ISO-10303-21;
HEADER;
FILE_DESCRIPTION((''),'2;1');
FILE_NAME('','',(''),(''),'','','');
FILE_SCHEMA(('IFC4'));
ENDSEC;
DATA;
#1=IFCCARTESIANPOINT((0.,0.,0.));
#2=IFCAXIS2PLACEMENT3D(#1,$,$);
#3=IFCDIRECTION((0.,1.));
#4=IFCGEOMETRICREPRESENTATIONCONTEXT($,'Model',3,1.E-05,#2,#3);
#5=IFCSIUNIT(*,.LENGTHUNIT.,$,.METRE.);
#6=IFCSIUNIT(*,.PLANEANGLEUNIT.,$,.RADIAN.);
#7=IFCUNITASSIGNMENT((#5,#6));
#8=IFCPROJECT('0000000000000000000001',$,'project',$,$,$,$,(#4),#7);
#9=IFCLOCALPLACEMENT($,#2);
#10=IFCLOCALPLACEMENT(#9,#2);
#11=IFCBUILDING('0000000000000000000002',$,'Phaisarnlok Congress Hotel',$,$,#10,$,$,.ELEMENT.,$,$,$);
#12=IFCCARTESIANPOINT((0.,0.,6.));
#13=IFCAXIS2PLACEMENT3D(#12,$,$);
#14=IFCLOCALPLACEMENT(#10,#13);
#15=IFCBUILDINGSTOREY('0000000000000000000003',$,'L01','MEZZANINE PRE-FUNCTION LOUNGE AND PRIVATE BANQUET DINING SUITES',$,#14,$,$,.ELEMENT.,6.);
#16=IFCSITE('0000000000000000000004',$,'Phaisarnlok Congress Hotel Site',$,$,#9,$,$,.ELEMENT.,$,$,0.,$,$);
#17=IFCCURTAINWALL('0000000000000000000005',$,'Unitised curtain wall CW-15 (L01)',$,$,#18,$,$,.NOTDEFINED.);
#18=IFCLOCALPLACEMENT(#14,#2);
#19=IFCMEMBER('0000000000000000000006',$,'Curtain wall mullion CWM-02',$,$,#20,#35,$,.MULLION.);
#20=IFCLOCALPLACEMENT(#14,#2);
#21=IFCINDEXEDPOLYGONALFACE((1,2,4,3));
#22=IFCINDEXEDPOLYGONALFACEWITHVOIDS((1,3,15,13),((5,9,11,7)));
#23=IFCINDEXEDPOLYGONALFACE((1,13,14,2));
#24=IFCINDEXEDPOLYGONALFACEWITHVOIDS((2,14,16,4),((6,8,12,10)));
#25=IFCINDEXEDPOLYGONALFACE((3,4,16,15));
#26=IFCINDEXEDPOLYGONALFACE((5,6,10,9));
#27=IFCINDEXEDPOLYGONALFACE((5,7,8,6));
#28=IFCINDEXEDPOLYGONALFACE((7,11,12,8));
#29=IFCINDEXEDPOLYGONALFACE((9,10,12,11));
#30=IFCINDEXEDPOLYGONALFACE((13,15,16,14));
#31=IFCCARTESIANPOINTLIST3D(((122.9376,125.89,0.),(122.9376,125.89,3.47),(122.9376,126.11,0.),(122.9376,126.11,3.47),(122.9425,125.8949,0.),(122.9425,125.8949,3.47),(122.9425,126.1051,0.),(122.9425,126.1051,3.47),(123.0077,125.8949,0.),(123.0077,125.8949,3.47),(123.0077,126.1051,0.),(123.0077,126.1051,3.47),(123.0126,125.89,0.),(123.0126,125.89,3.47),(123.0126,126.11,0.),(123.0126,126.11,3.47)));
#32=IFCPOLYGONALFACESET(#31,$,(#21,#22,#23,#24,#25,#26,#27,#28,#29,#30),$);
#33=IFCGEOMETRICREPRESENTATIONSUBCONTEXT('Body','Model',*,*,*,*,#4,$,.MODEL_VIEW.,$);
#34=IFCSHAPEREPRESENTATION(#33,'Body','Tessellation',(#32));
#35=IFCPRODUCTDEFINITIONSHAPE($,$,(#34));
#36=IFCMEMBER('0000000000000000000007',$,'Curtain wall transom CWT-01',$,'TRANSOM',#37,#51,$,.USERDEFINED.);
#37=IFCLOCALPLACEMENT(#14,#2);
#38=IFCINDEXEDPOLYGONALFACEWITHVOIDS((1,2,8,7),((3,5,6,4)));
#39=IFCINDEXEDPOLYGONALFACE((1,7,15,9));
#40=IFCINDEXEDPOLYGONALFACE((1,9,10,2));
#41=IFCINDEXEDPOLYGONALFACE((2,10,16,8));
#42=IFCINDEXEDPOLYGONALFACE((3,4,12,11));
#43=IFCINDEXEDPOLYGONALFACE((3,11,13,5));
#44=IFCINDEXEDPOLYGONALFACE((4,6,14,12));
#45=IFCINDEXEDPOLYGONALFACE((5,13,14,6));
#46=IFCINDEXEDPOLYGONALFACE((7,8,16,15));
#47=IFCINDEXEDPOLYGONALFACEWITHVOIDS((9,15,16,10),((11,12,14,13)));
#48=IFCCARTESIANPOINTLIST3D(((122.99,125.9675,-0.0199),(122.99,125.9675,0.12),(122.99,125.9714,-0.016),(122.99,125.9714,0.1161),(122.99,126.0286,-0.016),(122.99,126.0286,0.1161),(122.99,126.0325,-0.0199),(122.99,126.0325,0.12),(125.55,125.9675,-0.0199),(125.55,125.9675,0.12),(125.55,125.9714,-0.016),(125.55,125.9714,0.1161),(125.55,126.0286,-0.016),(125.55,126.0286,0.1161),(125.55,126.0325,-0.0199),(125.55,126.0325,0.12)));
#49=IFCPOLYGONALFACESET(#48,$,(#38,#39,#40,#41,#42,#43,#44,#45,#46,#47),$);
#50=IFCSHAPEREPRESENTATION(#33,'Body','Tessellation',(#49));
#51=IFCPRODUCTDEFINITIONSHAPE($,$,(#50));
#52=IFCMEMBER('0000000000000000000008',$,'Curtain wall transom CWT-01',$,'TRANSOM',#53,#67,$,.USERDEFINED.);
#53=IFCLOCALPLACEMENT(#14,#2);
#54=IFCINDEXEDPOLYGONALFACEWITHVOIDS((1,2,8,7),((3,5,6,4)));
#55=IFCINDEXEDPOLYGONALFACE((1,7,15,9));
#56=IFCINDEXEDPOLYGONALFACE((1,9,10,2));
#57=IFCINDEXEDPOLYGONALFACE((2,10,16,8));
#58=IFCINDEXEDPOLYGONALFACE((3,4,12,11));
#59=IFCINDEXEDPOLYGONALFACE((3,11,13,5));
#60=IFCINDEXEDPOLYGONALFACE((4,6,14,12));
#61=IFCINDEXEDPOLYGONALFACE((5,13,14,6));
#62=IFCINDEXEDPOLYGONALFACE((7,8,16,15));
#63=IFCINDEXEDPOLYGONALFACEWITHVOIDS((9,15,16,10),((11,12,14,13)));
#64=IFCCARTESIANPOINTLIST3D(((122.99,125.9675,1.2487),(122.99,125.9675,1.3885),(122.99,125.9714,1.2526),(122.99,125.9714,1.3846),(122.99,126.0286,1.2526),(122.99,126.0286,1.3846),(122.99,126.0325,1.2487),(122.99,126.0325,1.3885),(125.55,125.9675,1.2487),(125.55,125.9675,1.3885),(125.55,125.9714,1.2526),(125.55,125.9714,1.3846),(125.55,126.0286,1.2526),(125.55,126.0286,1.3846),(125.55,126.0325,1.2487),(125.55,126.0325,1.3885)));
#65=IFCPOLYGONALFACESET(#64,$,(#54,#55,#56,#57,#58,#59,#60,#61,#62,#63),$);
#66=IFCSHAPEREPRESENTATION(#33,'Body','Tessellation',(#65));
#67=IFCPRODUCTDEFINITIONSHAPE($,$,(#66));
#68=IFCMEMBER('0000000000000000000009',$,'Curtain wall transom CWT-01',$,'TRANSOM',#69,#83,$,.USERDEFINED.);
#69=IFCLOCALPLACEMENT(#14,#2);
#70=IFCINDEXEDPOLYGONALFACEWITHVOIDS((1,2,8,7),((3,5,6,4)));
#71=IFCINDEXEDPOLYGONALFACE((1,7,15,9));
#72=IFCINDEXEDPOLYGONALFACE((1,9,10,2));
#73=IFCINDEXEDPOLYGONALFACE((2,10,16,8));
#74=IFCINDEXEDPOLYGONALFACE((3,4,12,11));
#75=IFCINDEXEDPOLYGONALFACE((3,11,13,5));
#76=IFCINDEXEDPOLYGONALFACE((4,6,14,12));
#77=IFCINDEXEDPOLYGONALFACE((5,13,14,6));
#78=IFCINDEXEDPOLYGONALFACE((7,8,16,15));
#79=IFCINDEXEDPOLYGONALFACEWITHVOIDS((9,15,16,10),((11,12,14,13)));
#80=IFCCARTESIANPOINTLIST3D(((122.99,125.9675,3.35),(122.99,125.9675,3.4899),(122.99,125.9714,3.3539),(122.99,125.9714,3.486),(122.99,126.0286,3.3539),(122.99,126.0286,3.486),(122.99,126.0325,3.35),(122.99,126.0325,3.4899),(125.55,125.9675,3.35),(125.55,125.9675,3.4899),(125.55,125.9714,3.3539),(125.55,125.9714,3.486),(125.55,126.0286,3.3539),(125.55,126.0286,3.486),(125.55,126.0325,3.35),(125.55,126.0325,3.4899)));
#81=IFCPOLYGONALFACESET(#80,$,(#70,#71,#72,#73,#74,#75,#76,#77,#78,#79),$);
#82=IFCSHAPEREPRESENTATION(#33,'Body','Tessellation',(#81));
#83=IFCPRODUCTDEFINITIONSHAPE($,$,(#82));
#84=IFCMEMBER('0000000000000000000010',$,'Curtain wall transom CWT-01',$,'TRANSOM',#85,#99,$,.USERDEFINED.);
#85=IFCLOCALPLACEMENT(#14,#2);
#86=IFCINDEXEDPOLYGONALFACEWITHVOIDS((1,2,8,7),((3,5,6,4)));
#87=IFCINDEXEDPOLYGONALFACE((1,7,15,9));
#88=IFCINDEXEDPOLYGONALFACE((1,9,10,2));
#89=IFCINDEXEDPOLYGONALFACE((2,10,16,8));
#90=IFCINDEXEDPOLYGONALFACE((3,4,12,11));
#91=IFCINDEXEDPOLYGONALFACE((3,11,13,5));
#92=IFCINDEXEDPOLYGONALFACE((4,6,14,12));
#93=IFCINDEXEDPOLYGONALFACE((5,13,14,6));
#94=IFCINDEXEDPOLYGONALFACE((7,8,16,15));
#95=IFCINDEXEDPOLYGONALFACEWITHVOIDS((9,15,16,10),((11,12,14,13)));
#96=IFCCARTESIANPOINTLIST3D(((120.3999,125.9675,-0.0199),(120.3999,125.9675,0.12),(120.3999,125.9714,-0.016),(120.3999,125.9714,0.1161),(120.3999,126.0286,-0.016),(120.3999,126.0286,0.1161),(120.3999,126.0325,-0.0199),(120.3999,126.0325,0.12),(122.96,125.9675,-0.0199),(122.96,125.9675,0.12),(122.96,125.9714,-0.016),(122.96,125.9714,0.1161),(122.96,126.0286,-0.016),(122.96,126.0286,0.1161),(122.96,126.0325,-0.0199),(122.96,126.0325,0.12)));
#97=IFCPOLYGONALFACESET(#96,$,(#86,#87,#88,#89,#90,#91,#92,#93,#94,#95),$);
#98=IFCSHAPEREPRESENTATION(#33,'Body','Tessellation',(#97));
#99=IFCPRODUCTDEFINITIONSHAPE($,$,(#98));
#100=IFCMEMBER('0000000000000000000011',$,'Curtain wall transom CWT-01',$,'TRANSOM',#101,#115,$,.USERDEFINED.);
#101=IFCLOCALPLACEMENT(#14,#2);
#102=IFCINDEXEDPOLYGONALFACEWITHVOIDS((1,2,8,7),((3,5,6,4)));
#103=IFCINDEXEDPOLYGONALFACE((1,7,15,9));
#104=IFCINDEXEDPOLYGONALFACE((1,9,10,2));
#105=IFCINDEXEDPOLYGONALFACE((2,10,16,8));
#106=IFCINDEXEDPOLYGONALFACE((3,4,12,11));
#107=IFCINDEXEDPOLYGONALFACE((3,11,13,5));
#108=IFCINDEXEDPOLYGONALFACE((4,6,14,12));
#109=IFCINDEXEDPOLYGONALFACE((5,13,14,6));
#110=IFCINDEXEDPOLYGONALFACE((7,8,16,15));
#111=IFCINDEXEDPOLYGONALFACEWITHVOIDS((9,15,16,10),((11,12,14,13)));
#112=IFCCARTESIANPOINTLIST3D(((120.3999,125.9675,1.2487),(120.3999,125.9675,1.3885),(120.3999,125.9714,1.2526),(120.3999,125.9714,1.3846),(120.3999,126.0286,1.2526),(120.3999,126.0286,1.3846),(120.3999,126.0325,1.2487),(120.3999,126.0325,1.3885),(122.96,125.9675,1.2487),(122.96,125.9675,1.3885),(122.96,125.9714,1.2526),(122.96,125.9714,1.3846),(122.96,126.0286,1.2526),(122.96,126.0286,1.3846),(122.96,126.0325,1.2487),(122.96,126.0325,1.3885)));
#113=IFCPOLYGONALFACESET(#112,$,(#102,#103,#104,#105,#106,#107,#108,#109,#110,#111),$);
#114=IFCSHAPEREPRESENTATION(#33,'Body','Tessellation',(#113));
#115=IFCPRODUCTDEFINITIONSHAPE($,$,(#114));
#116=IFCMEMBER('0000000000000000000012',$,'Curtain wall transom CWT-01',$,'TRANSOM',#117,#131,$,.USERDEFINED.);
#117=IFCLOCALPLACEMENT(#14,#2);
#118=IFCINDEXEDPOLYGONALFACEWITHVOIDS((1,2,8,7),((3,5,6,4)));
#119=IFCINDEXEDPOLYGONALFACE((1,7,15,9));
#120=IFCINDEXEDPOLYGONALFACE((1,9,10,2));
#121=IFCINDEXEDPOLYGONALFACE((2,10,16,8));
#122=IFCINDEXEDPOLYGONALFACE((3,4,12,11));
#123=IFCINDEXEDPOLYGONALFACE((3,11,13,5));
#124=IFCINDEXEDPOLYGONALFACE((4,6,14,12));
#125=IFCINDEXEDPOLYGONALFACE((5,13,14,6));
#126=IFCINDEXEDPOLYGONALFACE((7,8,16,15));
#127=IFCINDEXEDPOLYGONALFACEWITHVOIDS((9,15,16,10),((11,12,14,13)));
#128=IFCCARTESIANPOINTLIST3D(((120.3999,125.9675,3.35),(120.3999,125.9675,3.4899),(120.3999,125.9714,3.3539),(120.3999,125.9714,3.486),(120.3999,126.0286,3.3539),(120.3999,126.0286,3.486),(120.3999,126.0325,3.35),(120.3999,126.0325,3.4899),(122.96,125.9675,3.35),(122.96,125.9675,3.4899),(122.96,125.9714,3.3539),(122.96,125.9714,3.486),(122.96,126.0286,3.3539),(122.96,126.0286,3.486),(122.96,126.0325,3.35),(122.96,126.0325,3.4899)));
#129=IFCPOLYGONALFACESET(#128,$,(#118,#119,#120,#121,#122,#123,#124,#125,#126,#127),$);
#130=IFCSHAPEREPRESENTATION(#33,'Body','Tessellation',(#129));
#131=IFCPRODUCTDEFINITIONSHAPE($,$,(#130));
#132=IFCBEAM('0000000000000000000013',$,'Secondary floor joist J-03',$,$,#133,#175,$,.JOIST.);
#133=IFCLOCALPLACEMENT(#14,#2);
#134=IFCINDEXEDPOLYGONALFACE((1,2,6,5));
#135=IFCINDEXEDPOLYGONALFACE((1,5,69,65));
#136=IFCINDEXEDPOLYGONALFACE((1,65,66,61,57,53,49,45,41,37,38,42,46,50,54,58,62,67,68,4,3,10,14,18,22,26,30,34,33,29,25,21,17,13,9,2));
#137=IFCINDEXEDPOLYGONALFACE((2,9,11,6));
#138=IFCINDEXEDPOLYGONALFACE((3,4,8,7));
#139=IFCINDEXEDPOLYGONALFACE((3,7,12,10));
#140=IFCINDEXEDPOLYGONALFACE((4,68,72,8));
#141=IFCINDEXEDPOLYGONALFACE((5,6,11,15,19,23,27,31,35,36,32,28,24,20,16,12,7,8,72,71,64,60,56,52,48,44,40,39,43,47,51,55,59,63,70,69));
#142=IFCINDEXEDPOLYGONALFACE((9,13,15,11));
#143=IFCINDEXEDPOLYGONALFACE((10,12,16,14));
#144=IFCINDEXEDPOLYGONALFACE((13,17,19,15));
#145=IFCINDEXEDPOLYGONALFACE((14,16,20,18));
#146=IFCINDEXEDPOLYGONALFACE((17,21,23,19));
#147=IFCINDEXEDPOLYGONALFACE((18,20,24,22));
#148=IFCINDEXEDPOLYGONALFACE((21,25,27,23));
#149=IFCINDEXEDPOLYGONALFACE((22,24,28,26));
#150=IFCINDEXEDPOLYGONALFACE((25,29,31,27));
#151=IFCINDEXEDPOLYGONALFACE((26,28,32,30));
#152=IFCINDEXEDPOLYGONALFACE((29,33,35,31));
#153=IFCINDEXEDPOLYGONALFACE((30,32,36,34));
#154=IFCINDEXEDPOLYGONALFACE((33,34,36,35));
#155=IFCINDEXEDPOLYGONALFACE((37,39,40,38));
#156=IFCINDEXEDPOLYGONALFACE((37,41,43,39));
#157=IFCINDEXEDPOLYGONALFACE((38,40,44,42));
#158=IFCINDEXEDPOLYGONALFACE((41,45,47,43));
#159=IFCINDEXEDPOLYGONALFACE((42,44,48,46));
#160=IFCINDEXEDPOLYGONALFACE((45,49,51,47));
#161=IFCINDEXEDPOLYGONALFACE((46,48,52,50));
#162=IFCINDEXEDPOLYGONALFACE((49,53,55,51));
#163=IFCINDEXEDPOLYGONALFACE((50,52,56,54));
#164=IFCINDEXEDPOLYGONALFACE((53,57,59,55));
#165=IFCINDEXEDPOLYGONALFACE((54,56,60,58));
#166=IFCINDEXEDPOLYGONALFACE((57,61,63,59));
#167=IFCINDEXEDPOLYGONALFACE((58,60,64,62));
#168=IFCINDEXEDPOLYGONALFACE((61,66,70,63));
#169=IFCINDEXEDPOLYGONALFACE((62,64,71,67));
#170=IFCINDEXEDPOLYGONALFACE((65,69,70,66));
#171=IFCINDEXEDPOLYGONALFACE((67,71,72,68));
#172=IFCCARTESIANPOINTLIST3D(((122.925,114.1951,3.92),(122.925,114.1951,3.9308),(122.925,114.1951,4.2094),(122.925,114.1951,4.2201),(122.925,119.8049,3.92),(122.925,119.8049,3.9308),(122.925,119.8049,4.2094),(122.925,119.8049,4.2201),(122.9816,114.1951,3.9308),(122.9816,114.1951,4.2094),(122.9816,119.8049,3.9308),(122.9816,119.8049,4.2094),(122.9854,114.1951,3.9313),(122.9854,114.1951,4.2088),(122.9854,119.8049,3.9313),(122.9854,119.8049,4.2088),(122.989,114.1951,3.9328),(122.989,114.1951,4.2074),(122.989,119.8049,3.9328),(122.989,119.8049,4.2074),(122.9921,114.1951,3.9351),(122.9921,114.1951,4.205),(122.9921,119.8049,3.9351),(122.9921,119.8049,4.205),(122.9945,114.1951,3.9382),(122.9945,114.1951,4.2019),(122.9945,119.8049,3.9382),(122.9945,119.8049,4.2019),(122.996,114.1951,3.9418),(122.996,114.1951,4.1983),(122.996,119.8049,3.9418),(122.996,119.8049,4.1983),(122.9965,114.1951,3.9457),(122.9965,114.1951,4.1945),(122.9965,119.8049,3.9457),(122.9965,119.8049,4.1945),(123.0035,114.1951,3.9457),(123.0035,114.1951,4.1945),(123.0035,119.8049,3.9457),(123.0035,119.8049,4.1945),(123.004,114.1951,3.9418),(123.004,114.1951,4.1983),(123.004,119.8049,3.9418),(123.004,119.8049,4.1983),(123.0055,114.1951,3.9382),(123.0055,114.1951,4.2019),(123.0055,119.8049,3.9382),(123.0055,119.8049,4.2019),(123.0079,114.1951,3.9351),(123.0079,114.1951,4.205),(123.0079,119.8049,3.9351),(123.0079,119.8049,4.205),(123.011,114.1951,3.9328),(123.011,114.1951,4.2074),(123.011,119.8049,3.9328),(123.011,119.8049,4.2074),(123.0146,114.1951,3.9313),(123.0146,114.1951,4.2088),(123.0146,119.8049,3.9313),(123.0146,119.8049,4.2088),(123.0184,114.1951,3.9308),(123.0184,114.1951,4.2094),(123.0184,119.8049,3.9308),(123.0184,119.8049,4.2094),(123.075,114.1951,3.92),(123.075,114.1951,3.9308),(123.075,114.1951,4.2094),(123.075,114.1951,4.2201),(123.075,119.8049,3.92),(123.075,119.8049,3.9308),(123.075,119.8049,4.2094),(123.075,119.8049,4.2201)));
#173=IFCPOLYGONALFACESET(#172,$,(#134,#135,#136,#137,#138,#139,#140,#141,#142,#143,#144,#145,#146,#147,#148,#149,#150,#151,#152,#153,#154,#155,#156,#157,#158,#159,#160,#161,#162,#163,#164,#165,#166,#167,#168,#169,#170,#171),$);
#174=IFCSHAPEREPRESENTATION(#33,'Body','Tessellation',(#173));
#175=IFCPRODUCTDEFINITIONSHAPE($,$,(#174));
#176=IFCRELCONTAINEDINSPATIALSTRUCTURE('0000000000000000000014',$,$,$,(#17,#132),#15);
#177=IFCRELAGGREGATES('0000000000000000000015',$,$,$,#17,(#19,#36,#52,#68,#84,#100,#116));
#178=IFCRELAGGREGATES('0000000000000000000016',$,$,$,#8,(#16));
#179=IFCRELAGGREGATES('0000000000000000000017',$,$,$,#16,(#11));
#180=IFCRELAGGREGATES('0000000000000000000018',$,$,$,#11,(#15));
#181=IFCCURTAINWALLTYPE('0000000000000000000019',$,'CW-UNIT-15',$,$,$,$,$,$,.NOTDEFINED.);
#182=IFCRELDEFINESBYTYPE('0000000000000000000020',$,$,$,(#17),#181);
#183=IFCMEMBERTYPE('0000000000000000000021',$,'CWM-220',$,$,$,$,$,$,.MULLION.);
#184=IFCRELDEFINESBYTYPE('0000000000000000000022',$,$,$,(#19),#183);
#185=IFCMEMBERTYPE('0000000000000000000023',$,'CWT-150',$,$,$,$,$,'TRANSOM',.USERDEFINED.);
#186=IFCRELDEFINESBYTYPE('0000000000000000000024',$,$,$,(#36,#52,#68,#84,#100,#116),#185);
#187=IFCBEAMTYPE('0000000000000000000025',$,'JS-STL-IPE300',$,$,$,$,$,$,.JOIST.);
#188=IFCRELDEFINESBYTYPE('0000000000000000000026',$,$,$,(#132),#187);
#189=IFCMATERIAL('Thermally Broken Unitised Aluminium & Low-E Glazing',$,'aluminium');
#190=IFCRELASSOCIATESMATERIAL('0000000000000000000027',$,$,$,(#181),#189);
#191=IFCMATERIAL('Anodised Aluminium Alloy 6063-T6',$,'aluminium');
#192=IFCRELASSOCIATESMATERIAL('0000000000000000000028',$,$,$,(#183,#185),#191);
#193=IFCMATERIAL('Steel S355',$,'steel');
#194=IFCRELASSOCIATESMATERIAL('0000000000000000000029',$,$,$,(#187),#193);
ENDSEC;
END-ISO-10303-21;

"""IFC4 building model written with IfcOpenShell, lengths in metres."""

from ifc_helpers import new_model, si_unit, direction, frame, origin, origin_2d, place, context, subcontext, project, spatial, hollow_rectangle, i_section, extrude, material, material_profile, profile_set, type_object, element, aggregate, save


model = new_model("IFC4")

# Units and contexts
model_context = context("Model", 3, precision=1e-05, world=origin(), true_north=direction((0.0, 1.0)))
body_context = subcontext(model_context, "Body", "Model", "MODEL_VIEW")
ifc_project = project(units=[si_unit("LENGTHUNIT", "METRE"), si_unit("PLANEANGLEUNIT", "RADIAN")], contexts=[model_context])

# Site, building, storey
site_placement = place(None, origin())
site = spatial("IfcSite", under=ifc_project, at=site_placement, Name="Phaisarnlok Congress Hotel Site", CompositionType="ELEMENT", RefElevation=0.0)
building_placement = place(site_placement, origin())
building = spatial("IfcBuilding", under=site, at=building_placement, Name="Phaisarnlok Congress Hotel", CompositionType="ELEMENT")
storey_placement = place(building_placement, frame((0.0, 0.0, 6.0)))
storey = spatial("IfcBuildingStorey", under=building, at=storey_placement, Name="L01", Description="MEZZANINE PRE-FUNCTION LOUNGE AND PRIVATE BANQUET DINING SUITES", CompositionType="ELEMENT", Elevation=6.0)

# Shared definitions
ifc_material_1 = material(Name="Steel S355", Category="steel")

# Curtain wall, members
ifc_material_2 = material(Name="Thermally Broken Unitised Aluminium & Low-E Glazing", Category="aluminium")
curtain_wall_type = type_object("IfcCurtainWallType", Name="CW-UNIT-15", PredefinedType="NOTDEFINED", material=ifc_material_2)
curtain_wall_placement = place(storey_placement, origin())
curtain_wall = element("IfcCurtainWall", 1, at=curtain_wall_placement, inside=storey, type_object=curtain_wall_type, Name="Unitised curtain wall CW-15 (L01)", PredefinedType="NOTDEFINED")
ifc_material_3 = material(Name="Anodised Aluminium Alloy 6063-T6", Category="aluminium")
ifc_material_profile_1 = material_profile(ifc_material_3, hollow_rectangle(XDim=0.075, YDim=0.22, WallThickness=0.0049, at=origin_2d()), Name="ALU-M 75x220x5")
ifc_profile_set_1 = profile_set([ifc_material_profile_1], Name="Anodised Aluminium Alloy 6063-T6")
member_type_1 = type_object("IfcMemberType", Name="CWM-220", PredefinedType="MULLION", material=ifc_profile_set_1)
member_1_placement = place(storey_placement, frame((122.9751, 126.0, 0.0), z_axis=(0.0, 0.0, 1.0), x_axis=(-1.0, 0.0, 0.0)))
member_1 = element("IfcMember", 2, at=member_1_placement, type_object=member_type_1, Name="Curtain wall mullion CWM-02", PredefinedType="MULLION", context=body_context, shape_type="SweptSolid", body=[
    extrude(hollow_rectangle(XDim=0.075, YDim=0.22, WallThickness=0.0049, at=origin_2d()), origin(), (0.0, 0.0, 1.0), 3.47),
])
ifc_material_profile_2 = material_profile(ifc_material_3, hollow_rectangle(XDim=0.0649, YDim=0.1399, WallThickness=0.0039, at=origin_2d()), Name="ALU-T 65x140x4")
ifc_profile_set_2 = profile_set([ifc_material_profile_2], Name="Anodised Aluminium Alloy 6063-T6")
member_type_2 = type_object("IfcMemberType", Name="CWT-150", ElementType="TRANSOM", PredefinedType="USERDEFINED", material=ifc_profile_set_2)
member_2_placement = place(storey_placement, frame((125.55, 126.0, 0.05), z_axis=(-1.0, 0.0, 0.0), x_axis=(0.0, -1.0, 0.0)))
member_2 = element("IfcMember", 3, at=member_2_placement, type_object=member_type_2, Name="Curtain wall transom CWT-01", ObjectType="TRANSOM", PredefinedType="USERDEFINED", context=body_context, shape_type="SweptSolid", body=[
    extrude(hollow_rectangle(XDim=0.0649, YDim=0.1399, WallThickness=0.0039, at=origin_2d()), origin(), (0.0, 0.0, 1.0), 2.5601),
])
member_3_placement = place(storey_placement, frame((125.55, 126.0, 1.3186), z_axis=(-1.0, 0.0, 0.0), x_axis=(0.0, -1.0, 0.0)))
member_3 = element("IfcMember", 4, at=member_3_placement, type_object=member_type_2, Name="Curtain wall transom CWT-01", ObjectType="TRANSOM", PredefinedType="USERDEFINED", context=body_context, shape_type="SweptSolid", body=[
    extrude(hollow_rectangle(XDim=0.0649, YDim=0.1399, WallThickness=0.0039, at=origin_2d()), origin(), (0.0, 0.0, 1.0), 2.5601),
])
member_4_placement = place(storey_placement, frame((125.55, 126.0, 3.4199), z_axis=(-1.0, 0.0, 0.0), x_axis=(0.0, -1.0, 0.0)))
member_4 = element("IfcMember", 5, at=member_4_placement, type_object=member_type_2, Name="Curtain wall transom CWT-01", ObjectType="TRANSOM", PredefinedType="USERDEFINED", context=body_context, shape_type="SweptSolid", body=[
    extrude(hollow_rectangle(XDim=0.0649, YDim=0.1399, WallThickness=0.0039, at=origin_2d()), origin(), (0.0, 0.0, 1.0), 2.5601),
])
member_5_placement = place(storey_placement, frame((122.96, 126.0, 0.05), z_axis=(-1.0, 0.0, 0.0), x_axis=(0.0, -1.0, 0.0)))
member_5 = element("IfcMember", 6, at=member_5_placement, type_object=member_type_2, Name="Curtain wall transom CWT-01", ObjectType="TRANSOM", PredefinedType="USERDEFINED", context=body_context, shape_type="SweptSolid", body=[
    extrude(hollow_rectangle(XDim=0.0649, YDim=0.1399, WallThickness=0.0039, at=origin_2d()), origin(), (0.0, 0.0, 1.0), 2.5601),
])
member_6_placement = place(storey_placement, frame((122.96, 126.0, 1.3186), z_axis=(-1.0, 0.0, 0.0), x_axis=(0.0, -1.0, 0.0)))
member_6 = element("IfcMember", 7, at=member_6_placement, type_object=member_type_2, Name="Curtain wall transom CWT-01", ObjectType="TRANSOM", PredefinedType="USERDEFINED", context=body_context, shape_type="SweptSolid", body=[
    extrude(hollow_rectangle(XDim=0.0649, YDim=0.1399, WallThickness=0.0039, at=origin_2d()), origin(), (0.0, 0.0, 1.0), 2.5601),
])
member_7_placement = place(storey_placement, frame((122.96, 126.0, 3.4199), z_axis=(-1.0, 0.0, 0.0), x_axis=(0.0, -1.0, 0.0)))
member_7 = element("IfcMember", 8, at=member_7_placement, type_object=member_type_2, Name="Curtain wall transom CWT-01", ObjectType="TRANSOM", PredefinedType="USERDEFINED", context=body_context, shape_type="SweptSolid", body=[
    extrude(hollow_rectangle(XDim=0.0649, YDim=0.1399, WallThickness=0.0039, at=origin_2d()), origin(), (0.0, 0.0, 1.0), 2.5601),
])

# Beam
ifc_material_profile_3 = material_profile(ifc_material_1, i_section(OverallWidth=0.1499, OverallDepth=0.3, WebThickness=0.0071, FlangeThickness=0.0107, FilletRadius=0.0149, at=origin_2d()), Name="IPE 300")
ifc_profile_set_3 = profile_set([ifc_material_profile_3], Name="Steel S355")
beam_type_1 = type_object("IfcBeamType", Name="JS-STL-IPE300", PredefinedType="JOIST", material=ifc_profile_set_3)
for number, where, z_axis, x_axis, name in (
    (9, (123.0, 114.1951, 4.0701), (0.0, 1.0, 0.0), (-1.0, 0.0, 0.0), "Secondary floor joist J-03"),
):
    element("IfcBeam", number, at=place(storey_placement, frame(where, z_axis=z_axis, x_axis=x_axis)), inside=storey, type_object=beam_type_1, Name=name, PredefinedType="JOIST", context=body_context, shape_type="SweptSolid", body=[
        extrude(i_section(OverallWidth=0.1499, OverallDepth=0.3, WebThickness=0.0071, FlangeThickness=0.0107, FilletRadius=0.0149, at=origin_2d()), origin(), (0.0, 0.0, 1.0), 5.6099),
    ])

aggregate(curtain_wall, [member_1, member_2, member_3, member_4, member_5, member_6, member_7])

save(model, "model.ifc")
